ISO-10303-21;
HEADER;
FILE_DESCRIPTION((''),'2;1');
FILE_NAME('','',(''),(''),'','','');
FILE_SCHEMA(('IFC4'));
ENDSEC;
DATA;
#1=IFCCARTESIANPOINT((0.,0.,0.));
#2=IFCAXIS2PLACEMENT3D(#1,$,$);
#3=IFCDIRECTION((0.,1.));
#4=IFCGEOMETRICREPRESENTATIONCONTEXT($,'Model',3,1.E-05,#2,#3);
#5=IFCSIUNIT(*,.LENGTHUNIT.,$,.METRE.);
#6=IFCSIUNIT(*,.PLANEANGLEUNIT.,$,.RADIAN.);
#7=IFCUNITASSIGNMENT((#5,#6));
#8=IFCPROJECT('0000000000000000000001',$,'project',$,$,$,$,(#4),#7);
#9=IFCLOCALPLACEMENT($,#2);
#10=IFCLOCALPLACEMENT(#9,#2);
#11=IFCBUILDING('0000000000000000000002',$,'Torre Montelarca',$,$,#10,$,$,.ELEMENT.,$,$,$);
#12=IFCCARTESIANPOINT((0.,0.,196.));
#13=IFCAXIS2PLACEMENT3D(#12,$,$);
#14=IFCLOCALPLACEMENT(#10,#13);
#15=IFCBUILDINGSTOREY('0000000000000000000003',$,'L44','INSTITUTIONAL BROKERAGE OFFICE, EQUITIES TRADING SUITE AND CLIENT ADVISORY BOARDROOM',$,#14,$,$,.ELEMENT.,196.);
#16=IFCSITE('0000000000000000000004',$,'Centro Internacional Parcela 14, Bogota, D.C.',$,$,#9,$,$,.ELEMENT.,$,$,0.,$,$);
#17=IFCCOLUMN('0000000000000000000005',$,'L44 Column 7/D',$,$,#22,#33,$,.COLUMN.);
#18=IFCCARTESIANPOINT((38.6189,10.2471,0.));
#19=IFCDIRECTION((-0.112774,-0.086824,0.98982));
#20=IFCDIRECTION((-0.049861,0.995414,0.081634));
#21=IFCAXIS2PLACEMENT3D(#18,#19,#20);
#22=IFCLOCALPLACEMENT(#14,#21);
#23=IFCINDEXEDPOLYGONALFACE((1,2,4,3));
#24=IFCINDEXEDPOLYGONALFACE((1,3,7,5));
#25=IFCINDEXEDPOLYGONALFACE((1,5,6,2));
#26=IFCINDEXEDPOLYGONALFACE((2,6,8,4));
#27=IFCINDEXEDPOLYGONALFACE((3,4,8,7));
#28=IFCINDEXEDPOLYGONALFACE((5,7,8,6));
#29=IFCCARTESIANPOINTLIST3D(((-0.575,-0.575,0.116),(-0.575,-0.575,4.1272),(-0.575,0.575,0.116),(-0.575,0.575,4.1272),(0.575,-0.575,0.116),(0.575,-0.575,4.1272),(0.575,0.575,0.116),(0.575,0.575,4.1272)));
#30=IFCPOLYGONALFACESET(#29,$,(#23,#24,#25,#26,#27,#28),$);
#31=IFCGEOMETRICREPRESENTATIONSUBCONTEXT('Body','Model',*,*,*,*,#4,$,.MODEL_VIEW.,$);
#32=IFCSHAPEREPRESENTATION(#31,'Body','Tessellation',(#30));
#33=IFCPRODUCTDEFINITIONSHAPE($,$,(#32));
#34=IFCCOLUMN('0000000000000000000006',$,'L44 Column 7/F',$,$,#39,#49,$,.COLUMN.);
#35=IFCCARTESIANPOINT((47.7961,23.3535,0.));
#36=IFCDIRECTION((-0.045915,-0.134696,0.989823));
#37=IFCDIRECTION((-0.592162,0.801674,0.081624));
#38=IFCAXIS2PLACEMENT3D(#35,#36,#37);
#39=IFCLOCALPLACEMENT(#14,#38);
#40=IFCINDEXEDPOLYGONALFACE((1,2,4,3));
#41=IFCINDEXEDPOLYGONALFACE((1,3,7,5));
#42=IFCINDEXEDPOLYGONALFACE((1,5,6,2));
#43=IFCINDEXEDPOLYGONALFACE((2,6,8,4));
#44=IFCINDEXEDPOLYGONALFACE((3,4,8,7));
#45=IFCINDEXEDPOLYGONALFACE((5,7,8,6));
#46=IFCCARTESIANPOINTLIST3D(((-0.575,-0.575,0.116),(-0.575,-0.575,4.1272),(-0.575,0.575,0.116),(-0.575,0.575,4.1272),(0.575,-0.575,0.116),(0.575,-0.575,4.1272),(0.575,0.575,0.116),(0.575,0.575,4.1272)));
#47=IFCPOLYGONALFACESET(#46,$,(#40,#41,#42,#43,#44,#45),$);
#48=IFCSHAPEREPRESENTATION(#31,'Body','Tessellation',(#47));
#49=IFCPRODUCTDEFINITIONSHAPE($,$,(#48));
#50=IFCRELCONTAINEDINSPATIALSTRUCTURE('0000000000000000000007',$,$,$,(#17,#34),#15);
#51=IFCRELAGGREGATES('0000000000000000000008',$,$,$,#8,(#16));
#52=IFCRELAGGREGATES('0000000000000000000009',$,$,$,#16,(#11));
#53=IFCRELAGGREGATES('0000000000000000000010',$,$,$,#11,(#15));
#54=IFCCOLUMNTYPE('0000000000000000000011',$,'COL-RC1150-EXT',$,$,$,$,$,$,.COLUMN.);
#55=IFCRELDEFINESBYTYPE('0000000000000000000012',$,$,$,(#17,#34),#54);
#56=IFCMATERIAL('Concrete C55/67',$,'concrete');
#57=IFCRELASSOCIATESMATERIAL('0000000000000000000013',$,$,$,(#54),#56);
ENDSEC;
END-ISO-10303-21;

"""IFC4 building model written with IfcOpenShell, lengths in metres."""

from ifc_helpers import new_model, si_unit, direction, frame, origin, origin_2d, place, context, subcontext, project, spatial, rectangle, extrude, clip, halfspace, material, material_profile, profile_set, type_object, element, save


model = new_model("IFC4")

# Units and contexts
model_context = context("Model", 3, precision=1e-05, world=origin(), true_north=direction((0.0, 1.0)))
body_context = subcontext(model_context, "Body", "Model", "MODEL_VIEW")
ifc_project = project(units=[si_unit("LENGTHUNIT", "METRE"), si_unit("PLANEANGLEUNIT", "RADIAN")], contexts=[model_context])

# Site, building, storey
site_placement = place(None, origin())
site = spatial("IfcSite", under=ifc_project, at=site_placement, Name="Centro Internacional Parcela 14, Bogota, D.C.", CompositionType="ELEMENT", RefElevation=0.0)
building_placement = place(site_placement, origin())
building = spatial("IfcBuilding", under=site, at=building_placement, Name="Torre Montelarca", CompositionType="ELEMENT")
storey_placement = place(building_placement, frame((0.0, 0.0, 196.0)))
storey = spatial("IfcBuildingStorey", under=building, at=storey_placement, Name="L44", Description="INSTITUTIONAL BROKERAGE OFFICE, EQUITIES TRADING SUITE AND CLIENT ADVISORY BOARDROOM", CompositionType="ELEMENT", Elevation=196.0)

# Columns
ifc_material_1 = material(Name="Concrete C55/67", Category="concrete")
ifc_material_profile_1 = material_profile(ifc_material_1, rectangle(XDim=1.1499, YDim=1.1499, at=origin_2d()), Name="RC1150X1150", Category="concrete")
ifc_profile_set_1 = profile_set([ifc_material_profile_1], Name="Concrete C55/67")
column_type_1 = type_object("IfcColumnType", Name="COL-RC1150-EXT", PredefinedType="COLUMN", material=ifc_profile_set_1)
for number, where, z_axis, x_axis, name in (
    (1, (38.6189, 10.2471, 0.0), (-0.112774, -0.086824, 0.98982), (-0.049861, 0.995414, 0.081634), "L44 Column 7/D"),
    (2, (47.7961, 23.3535, 0.0), (-0.045915, -0.134696, 0.989823), (-0.592162, 0.801674, 0.081624), "L44 Column 7/F"),
):
    element("IfcColumn", number, at=place(storey_placement, frame(where, z_axis=z_axis, x_axis=x_axis)), inside=storey, type_object=column_type_1, Name=name, PredefinedType="COLUMN", context=body_context, shape_type="Clipping", body=[
        clip(clip(extrude(rectangle(XDim=1.1499, YDim=1.1499, at=origin_2d()), origin(), (0.0, 0.0, 1.0), 4.2432), halfspace(frame((0.0, 0.0, 0.116), z_axis=(0.0, 0.0, -1.0), x_axis=(1.0, 0.0, 0.0)), False)), halfspace(frame((0.0, 0.0, 4.1272), z_axis=(0.0, 0.0, 1.0), x_axis=(1.0, 0.0, 0.0)), False)),
    ])

save(model, "model.ifc")
